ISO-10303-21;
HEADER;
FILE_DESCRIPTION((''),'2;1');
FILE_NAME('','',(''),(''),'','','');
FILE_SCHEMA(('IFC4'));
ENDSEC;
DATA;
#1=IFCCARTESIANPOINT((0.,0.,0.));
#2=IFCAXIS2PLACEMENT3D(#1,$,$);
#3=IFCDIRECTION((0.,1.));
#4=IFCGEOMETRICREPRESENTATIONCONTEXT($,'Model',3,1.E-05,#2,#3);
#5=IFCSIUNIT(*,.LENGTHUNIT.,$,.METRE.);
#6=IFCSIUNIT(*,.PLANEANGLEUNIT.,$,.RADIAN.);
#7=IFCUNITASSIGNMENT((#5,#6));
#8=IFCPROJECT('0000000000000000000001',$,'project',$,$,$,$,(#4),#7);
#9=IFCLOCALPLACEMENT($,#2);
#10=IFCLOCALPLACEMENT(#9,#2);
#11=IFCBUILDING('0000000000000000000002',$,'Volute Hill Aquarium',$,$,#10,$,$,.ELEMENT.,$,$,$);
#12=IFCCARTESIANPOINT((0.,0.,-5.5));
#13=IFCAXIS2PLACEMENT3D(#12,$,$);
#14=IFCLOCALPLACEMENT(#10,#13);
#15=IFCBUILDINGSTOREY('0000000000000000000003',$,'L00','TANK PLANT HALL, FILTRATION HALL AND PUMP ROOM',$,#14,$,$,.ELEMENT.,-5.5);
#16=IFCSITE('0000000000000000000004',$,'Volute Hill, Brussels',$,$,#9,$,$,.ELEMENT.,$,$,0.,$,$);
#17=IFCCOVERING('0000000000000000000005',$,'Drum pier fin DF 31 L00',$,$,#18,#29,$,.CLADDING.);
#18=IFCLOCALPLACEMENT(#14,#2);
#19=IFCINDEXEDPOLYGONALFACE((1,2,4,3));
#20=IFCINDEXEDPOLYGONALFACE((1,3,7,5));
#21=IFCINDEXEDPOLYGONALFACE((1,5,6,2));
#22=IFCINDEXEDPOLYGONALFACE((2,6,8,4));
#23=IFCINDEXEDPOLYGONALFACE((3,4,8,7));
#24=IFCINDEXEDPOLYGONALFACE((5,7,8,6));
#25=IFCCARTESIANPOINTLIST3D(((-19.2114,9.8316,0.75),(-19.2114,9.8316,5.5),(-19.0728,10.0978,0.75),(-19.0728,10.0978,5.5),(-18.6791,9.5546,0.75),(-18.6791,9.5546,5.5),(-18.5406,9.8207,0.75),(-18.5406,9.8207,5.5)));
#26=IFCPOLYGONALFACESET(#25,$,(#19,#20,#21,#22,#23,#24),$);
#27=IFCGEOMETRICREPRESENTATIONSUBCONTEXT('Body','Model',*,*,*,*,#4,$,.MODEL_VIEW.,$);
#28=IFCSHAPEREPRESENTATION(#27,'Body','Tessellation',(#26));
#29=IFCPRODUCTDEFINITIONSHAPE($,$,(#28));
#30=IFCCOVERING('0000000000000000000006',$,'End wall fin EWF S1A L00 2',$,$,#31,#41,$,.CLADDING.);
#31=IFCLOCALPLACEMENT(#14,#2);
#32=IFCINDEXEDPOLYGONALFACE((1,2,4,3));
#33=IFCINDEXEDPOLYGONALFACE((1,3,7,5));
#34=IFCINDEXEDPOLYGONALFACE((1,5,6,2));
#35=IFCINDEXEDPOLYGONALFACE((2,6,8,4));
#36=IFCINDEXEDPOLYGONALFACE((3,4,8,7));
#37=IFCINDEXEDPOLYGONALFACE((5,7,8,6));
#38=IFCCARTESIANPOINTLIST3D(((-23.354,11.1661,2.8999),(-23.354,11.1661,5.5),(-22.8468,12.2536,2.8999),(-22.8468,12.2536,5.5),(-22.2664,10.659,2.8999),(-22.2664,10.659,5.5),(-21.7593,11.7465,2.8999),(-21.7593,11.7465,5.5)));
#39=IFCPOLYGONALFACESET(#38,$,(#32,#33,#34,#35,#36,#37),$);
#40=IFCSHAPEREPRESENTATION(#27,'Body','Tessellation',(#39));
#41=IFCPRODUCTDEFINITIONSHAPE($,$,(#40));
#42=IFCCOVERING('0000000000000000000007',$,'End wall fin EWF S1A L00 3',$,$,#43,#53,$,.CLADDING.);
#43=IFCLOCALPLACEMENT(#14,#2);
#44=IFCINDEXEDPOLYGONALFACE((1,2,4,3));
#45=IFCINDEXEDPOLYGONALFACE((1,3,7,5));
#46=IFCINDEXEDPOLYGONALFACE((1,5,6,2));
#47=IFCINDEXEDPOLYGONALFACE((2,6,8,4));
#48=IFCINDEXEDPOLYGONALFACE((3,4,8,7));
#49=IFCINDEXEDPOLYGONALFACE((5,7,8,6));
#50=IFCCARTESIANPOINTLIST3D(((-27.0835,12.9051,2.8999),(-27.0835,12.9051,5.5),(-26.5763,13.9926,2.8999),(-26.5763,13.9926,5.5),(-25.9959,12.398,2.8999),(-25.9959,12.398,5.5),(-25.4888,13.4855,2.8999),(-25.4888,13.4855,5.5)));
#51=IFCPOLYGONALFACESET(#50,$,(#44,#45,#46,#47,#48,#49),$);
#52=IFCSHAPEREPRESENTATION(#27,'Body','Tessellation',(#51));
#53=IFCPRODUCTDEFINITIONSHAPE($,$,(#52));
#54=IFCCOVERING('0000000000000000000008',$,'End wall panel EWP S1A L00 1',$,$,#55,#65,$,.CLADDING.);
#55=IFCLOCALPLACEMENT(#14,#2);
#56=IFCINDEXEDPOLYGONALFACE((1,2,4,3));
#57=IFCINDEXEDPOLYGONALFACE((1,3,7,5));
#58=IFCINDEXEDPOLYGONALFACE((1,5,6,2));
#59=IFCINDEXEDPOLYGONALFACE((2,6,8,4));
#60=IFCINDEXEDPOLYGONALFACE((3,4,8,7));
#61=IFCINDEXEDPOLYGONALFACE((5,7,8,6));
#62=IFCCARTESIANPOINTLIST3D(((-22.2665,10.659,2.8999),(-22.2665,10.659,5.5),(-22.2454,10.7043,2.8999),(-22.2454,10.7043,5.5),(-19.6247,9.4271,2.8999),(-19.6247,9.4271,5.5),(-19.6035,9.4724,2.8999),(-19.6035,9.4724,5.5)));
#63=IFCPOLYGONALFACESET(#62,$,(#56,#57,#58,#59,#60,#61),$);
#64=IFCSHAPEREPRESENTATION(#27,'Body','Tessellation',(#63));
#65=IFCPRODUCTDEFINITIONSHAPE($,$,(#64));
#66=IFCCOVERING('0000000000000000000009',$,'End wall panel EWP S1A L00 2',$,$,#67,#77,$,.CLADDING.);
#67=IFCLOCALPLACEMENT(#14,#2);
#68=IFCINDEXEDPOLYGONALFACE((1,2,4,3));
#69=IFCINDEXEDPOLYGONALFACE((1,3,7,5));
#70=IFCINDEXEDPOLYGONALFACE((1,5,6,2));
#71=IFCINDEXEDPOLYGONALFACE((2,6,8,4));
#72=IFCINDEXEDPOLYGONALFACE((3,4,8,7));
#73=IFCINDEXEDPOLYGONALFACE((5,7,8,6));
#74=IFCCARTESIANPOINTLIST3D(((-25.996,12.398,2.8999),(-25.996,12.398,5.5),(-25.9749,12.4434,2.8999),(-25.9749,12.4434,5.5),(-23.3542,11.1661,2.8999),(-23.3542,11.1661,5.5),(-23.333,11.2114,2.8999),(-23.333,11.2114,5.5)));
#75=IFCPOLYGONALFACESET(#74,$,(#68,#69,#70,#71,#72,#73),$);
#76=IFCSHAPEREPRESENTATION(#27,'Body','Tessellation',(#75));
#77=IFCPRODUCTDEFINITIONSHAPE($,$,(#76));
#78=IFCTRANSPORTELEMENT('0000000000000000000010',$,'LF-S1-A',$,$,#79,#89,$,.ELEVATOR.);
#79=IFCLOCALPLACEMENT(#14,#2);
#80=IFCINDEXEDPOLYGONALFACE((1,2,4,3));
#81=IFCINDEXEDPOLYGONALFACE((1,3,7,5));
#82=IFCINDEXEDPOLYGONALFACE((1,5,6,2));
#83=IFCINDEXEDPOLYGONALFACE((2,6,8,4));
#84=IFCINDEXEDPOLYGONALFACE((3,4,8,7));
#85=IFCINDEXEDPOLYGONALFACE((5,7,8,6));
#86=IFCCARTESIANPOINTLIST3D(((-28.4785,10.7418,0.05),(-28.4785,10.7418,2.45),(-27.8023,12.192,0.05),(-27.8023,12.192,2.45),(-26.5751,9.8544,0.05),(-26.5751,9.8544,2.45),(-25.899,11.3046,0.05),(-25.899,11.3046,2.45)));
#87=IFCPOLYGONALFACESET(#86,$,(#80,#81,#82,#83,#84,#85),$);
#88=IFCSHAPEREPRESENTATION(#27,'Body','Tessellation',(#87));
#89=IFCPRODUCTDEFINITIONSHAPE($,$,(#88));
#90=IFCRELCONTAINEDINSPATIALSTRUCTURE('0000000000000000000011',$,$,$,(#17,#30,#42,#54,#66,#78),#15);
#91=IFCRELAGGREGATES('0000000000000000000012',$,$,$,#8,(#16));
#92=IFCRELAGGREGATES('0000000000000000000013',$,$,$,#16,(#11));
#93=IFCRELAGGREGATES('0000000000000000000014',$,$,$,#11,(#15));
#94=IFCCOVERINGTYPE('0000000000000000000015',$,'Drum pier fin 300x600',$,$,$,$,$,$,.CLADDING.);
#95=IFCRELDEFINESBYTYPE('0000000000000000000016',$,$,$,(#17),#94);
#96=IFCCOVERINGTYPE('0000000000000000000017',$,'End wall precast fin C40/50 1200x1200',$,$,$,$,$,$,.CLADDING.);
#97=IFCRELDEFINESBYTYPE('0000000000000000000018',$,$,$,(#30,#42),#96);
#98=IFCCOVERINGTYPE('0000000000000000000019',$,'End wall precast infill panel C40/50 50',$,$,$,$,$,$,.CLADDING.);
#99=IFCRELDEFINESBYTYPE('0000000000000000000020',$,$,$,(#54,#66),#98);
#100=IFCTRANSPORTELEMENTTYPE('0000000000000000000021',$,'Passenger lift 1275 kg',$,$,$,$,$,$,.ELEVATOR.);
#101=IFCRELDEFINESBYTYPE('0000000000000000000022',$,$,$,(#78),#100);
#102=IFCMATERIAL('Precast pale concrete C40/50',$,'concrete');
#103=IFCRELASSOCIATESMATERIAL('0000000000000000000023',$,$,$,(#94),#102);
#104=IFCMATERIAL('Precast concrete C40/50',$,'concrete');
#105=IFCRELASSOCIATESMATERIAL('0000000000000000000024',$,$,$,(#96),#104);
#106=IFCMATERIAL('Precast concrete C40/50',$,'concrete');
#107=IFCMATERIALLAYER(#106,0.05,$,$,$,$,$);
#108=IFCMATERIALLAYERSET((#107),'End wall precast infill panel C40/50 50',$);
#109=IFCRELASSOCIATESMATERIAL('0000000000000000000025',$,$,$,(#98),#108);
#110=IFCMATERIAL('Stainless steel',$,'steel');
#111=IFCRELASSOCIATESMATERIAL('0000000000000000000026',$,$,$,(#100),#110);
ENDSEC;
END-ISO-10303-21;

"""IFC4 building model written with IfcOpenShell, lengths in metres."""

from ifc_helpers import new_model, si_unit, direction, frame, origin, origin_2d, place, context, subcontext, project, spatial, polyline, rectangle, outline, extrude, material, layer, layer_set, type_object, element, save


model = new_model("IFC4")

# Units and contexts
model_context = context("Model", 3, precision=1e-05, world=origin(), true_north=direction((0.0, 1.0)))
body_context = subcontext(model_context, "Body", "Model", "MODEL_VIEW")
ifc_project = project(units=[si_unit("LENGTHUNIT", "METRE"), si_unit("PLANEANGLEUNIT", "RADIAN")], contexts=[model_context])

# Site, building, storey
site_placement = place(None, origin())
site = spatial("IfcSite", under=ifc_project, at=site_placement, Name="Volute Hill, Brussels", CompositionType="ELEMENT", RefElevation=0.0)
building_placement = place(site_placement, origin())
building = spatial("IfcBuilding", under=site, at=building_placement, Name="Volute Hill Aquarium", CompositionType="ELEMENT")
storey_placement = place(building_placement, frame((0.0, 0.0, -5.5)))
storey = spatial("IfcBuildingStorey", under=building, at=storey_placement, Name="L00", Description="TANK PLANT HALL, FILTRATION HALL AND PUMP ROOM", CompositionType="ELEMENT", Elevation=-5.5)

# Coverings
ifc_material_1 = material(Name="Precast pale concrete C40/50", Category="concrete")
covering_type_1 = type_object("IfcCoveringType", Name="Drum pier fin 300x600", PredefinedType="CLADDING", material=ifc_material_1)
covering_placement = place(storey_placement, frame((-18.876, 9.8262, 0.75), z_axis=(0.0, 0.0, 1.0), x_axis=(-0.461749, -0.887011, 0.0)))
element("IfcCovering", 1, at=covering_placement, inside=storey, type_object=covering_type_1, Name="Drum pier fin DF 31 L00", PredefinedType="CLADDING", context=body_context, shape_type="SweptSolid", body=[
    extrude(rectangle(XDim=0.3, YDim=0.6001, at=origin_2d()), origin(), (0.0, 0.0, 1.0), 4.75),
])
ifc_material_2 = material(Name="Precast concrete C40/50", Category="concrete")
covering_type_2 = type_object("IfcCoveringType", Name="End wall precast fin C40/50 1200x1200", PredefinedType="CLADDING", material=ifc_material_2)
for number, where, z_axis, x_axis, name in (
    (2, (-22.5566, 11.4563, 2.8999), (0.0, 0.0, 1.0), (-0.906304, 0.422626, 0.0), "End wall fin EWF S1A L00 2"),
    (3, (-26.2861, 13.1953, 2.8999), (0.0, 0.0, 1.0), (-0.906304, 0.422626, 0.0), "End wall fin EWF S1A L00 3"),
):
    element("IfcCovering", number, at=place(storey_placement, frame(where, z_axis=z_axis, x_axis=x_axis)), inside=storey, type_object=covering_type_2, Name=name, PredefinedType="CLADDING", context=body_context, shape_type="SweptSolid", body=[
        extrude(rectangle(XDim=1.2, YDim=1.2, at=origin_2d()), origin(), (0.0, 0.0, 1.0), 2.6001),
    ])
ifc_material_3 = material(Name="Precast concrete C40/50", Category="concrete")
ifc_layer_1 = layer(ifc_material_3, 0.05)
ifc_layer_set_1 = layer_set([ifc_layer_1], Name="End wall precast infill panel C40/50 50")
covering_type_3 = type_object("IfcCoveringType", Name="End wall precast infill panel C40/50 50", PredefinedType="CLADDING", material=ifc_layer_set_1)
for number, where, z_axis, x_axis, name in (
    (4, (-19.6035, 9.4724, 2.8999), (0.422624, 0.906305, 0.0), (-0.906305, 0.422624, 0.0), "End wall panel EWP S1A L00 1"),
    (5, (-23.333, 11.2114, 2.8999), (0.422624, 0.906305, 0.0), (-0.906305, 0.422624, 0.0), "End wall panel EWP S1A L00 2"),
):
    element("IfcCovering", number, at=place(storey_placement, frame(where, z_axis=z_axis, x_axis=x_axis)), inside=storey, type_object=covering_type_3, Name=name, PredefinedType="CLADDING", context=body_context, shape_type="SweptSolid", body=[
        extrude(outline(polyline([(0.0, 0.0), (2.915, 0.0), (2.915, 2.6001), (0.0, 2.6001), (0.0, 0.0)])), origin(), (0.0, 0.0, -1.0), 0.05),
    ])

# Transport element
ifc_material_4 = material(Name="Stainless steel", Category="steel")
transport_element_type = type_object("IfcTransportElementType", Name="Passenger lift 1275 kg", PredefinedType="ELEVATOR", material=ifc_material_4)
transport_element_placement = place(storey_placement, frame((-27.1887, 11.0232, 0.05), z_axis=(0.0, 0.0, 1.0), x_axis=(-0.906331, 0.422568, 0.0)))
element("IfcTransportElement", 6, at=transport_element_placement, inside=storey, type_object=transport_element_type, Name="LF-S1-A", PredefinedType="ELEVATOR", context=body_context, shape_type="SweptSolid", body=[
    extrude(rectangle(XDim=2.1001, YDim=1.6001, at=origin_2d()), origin(), (0.0, 0.0, 1.0), 2.3999),
])

save(model, "model.ifc")
